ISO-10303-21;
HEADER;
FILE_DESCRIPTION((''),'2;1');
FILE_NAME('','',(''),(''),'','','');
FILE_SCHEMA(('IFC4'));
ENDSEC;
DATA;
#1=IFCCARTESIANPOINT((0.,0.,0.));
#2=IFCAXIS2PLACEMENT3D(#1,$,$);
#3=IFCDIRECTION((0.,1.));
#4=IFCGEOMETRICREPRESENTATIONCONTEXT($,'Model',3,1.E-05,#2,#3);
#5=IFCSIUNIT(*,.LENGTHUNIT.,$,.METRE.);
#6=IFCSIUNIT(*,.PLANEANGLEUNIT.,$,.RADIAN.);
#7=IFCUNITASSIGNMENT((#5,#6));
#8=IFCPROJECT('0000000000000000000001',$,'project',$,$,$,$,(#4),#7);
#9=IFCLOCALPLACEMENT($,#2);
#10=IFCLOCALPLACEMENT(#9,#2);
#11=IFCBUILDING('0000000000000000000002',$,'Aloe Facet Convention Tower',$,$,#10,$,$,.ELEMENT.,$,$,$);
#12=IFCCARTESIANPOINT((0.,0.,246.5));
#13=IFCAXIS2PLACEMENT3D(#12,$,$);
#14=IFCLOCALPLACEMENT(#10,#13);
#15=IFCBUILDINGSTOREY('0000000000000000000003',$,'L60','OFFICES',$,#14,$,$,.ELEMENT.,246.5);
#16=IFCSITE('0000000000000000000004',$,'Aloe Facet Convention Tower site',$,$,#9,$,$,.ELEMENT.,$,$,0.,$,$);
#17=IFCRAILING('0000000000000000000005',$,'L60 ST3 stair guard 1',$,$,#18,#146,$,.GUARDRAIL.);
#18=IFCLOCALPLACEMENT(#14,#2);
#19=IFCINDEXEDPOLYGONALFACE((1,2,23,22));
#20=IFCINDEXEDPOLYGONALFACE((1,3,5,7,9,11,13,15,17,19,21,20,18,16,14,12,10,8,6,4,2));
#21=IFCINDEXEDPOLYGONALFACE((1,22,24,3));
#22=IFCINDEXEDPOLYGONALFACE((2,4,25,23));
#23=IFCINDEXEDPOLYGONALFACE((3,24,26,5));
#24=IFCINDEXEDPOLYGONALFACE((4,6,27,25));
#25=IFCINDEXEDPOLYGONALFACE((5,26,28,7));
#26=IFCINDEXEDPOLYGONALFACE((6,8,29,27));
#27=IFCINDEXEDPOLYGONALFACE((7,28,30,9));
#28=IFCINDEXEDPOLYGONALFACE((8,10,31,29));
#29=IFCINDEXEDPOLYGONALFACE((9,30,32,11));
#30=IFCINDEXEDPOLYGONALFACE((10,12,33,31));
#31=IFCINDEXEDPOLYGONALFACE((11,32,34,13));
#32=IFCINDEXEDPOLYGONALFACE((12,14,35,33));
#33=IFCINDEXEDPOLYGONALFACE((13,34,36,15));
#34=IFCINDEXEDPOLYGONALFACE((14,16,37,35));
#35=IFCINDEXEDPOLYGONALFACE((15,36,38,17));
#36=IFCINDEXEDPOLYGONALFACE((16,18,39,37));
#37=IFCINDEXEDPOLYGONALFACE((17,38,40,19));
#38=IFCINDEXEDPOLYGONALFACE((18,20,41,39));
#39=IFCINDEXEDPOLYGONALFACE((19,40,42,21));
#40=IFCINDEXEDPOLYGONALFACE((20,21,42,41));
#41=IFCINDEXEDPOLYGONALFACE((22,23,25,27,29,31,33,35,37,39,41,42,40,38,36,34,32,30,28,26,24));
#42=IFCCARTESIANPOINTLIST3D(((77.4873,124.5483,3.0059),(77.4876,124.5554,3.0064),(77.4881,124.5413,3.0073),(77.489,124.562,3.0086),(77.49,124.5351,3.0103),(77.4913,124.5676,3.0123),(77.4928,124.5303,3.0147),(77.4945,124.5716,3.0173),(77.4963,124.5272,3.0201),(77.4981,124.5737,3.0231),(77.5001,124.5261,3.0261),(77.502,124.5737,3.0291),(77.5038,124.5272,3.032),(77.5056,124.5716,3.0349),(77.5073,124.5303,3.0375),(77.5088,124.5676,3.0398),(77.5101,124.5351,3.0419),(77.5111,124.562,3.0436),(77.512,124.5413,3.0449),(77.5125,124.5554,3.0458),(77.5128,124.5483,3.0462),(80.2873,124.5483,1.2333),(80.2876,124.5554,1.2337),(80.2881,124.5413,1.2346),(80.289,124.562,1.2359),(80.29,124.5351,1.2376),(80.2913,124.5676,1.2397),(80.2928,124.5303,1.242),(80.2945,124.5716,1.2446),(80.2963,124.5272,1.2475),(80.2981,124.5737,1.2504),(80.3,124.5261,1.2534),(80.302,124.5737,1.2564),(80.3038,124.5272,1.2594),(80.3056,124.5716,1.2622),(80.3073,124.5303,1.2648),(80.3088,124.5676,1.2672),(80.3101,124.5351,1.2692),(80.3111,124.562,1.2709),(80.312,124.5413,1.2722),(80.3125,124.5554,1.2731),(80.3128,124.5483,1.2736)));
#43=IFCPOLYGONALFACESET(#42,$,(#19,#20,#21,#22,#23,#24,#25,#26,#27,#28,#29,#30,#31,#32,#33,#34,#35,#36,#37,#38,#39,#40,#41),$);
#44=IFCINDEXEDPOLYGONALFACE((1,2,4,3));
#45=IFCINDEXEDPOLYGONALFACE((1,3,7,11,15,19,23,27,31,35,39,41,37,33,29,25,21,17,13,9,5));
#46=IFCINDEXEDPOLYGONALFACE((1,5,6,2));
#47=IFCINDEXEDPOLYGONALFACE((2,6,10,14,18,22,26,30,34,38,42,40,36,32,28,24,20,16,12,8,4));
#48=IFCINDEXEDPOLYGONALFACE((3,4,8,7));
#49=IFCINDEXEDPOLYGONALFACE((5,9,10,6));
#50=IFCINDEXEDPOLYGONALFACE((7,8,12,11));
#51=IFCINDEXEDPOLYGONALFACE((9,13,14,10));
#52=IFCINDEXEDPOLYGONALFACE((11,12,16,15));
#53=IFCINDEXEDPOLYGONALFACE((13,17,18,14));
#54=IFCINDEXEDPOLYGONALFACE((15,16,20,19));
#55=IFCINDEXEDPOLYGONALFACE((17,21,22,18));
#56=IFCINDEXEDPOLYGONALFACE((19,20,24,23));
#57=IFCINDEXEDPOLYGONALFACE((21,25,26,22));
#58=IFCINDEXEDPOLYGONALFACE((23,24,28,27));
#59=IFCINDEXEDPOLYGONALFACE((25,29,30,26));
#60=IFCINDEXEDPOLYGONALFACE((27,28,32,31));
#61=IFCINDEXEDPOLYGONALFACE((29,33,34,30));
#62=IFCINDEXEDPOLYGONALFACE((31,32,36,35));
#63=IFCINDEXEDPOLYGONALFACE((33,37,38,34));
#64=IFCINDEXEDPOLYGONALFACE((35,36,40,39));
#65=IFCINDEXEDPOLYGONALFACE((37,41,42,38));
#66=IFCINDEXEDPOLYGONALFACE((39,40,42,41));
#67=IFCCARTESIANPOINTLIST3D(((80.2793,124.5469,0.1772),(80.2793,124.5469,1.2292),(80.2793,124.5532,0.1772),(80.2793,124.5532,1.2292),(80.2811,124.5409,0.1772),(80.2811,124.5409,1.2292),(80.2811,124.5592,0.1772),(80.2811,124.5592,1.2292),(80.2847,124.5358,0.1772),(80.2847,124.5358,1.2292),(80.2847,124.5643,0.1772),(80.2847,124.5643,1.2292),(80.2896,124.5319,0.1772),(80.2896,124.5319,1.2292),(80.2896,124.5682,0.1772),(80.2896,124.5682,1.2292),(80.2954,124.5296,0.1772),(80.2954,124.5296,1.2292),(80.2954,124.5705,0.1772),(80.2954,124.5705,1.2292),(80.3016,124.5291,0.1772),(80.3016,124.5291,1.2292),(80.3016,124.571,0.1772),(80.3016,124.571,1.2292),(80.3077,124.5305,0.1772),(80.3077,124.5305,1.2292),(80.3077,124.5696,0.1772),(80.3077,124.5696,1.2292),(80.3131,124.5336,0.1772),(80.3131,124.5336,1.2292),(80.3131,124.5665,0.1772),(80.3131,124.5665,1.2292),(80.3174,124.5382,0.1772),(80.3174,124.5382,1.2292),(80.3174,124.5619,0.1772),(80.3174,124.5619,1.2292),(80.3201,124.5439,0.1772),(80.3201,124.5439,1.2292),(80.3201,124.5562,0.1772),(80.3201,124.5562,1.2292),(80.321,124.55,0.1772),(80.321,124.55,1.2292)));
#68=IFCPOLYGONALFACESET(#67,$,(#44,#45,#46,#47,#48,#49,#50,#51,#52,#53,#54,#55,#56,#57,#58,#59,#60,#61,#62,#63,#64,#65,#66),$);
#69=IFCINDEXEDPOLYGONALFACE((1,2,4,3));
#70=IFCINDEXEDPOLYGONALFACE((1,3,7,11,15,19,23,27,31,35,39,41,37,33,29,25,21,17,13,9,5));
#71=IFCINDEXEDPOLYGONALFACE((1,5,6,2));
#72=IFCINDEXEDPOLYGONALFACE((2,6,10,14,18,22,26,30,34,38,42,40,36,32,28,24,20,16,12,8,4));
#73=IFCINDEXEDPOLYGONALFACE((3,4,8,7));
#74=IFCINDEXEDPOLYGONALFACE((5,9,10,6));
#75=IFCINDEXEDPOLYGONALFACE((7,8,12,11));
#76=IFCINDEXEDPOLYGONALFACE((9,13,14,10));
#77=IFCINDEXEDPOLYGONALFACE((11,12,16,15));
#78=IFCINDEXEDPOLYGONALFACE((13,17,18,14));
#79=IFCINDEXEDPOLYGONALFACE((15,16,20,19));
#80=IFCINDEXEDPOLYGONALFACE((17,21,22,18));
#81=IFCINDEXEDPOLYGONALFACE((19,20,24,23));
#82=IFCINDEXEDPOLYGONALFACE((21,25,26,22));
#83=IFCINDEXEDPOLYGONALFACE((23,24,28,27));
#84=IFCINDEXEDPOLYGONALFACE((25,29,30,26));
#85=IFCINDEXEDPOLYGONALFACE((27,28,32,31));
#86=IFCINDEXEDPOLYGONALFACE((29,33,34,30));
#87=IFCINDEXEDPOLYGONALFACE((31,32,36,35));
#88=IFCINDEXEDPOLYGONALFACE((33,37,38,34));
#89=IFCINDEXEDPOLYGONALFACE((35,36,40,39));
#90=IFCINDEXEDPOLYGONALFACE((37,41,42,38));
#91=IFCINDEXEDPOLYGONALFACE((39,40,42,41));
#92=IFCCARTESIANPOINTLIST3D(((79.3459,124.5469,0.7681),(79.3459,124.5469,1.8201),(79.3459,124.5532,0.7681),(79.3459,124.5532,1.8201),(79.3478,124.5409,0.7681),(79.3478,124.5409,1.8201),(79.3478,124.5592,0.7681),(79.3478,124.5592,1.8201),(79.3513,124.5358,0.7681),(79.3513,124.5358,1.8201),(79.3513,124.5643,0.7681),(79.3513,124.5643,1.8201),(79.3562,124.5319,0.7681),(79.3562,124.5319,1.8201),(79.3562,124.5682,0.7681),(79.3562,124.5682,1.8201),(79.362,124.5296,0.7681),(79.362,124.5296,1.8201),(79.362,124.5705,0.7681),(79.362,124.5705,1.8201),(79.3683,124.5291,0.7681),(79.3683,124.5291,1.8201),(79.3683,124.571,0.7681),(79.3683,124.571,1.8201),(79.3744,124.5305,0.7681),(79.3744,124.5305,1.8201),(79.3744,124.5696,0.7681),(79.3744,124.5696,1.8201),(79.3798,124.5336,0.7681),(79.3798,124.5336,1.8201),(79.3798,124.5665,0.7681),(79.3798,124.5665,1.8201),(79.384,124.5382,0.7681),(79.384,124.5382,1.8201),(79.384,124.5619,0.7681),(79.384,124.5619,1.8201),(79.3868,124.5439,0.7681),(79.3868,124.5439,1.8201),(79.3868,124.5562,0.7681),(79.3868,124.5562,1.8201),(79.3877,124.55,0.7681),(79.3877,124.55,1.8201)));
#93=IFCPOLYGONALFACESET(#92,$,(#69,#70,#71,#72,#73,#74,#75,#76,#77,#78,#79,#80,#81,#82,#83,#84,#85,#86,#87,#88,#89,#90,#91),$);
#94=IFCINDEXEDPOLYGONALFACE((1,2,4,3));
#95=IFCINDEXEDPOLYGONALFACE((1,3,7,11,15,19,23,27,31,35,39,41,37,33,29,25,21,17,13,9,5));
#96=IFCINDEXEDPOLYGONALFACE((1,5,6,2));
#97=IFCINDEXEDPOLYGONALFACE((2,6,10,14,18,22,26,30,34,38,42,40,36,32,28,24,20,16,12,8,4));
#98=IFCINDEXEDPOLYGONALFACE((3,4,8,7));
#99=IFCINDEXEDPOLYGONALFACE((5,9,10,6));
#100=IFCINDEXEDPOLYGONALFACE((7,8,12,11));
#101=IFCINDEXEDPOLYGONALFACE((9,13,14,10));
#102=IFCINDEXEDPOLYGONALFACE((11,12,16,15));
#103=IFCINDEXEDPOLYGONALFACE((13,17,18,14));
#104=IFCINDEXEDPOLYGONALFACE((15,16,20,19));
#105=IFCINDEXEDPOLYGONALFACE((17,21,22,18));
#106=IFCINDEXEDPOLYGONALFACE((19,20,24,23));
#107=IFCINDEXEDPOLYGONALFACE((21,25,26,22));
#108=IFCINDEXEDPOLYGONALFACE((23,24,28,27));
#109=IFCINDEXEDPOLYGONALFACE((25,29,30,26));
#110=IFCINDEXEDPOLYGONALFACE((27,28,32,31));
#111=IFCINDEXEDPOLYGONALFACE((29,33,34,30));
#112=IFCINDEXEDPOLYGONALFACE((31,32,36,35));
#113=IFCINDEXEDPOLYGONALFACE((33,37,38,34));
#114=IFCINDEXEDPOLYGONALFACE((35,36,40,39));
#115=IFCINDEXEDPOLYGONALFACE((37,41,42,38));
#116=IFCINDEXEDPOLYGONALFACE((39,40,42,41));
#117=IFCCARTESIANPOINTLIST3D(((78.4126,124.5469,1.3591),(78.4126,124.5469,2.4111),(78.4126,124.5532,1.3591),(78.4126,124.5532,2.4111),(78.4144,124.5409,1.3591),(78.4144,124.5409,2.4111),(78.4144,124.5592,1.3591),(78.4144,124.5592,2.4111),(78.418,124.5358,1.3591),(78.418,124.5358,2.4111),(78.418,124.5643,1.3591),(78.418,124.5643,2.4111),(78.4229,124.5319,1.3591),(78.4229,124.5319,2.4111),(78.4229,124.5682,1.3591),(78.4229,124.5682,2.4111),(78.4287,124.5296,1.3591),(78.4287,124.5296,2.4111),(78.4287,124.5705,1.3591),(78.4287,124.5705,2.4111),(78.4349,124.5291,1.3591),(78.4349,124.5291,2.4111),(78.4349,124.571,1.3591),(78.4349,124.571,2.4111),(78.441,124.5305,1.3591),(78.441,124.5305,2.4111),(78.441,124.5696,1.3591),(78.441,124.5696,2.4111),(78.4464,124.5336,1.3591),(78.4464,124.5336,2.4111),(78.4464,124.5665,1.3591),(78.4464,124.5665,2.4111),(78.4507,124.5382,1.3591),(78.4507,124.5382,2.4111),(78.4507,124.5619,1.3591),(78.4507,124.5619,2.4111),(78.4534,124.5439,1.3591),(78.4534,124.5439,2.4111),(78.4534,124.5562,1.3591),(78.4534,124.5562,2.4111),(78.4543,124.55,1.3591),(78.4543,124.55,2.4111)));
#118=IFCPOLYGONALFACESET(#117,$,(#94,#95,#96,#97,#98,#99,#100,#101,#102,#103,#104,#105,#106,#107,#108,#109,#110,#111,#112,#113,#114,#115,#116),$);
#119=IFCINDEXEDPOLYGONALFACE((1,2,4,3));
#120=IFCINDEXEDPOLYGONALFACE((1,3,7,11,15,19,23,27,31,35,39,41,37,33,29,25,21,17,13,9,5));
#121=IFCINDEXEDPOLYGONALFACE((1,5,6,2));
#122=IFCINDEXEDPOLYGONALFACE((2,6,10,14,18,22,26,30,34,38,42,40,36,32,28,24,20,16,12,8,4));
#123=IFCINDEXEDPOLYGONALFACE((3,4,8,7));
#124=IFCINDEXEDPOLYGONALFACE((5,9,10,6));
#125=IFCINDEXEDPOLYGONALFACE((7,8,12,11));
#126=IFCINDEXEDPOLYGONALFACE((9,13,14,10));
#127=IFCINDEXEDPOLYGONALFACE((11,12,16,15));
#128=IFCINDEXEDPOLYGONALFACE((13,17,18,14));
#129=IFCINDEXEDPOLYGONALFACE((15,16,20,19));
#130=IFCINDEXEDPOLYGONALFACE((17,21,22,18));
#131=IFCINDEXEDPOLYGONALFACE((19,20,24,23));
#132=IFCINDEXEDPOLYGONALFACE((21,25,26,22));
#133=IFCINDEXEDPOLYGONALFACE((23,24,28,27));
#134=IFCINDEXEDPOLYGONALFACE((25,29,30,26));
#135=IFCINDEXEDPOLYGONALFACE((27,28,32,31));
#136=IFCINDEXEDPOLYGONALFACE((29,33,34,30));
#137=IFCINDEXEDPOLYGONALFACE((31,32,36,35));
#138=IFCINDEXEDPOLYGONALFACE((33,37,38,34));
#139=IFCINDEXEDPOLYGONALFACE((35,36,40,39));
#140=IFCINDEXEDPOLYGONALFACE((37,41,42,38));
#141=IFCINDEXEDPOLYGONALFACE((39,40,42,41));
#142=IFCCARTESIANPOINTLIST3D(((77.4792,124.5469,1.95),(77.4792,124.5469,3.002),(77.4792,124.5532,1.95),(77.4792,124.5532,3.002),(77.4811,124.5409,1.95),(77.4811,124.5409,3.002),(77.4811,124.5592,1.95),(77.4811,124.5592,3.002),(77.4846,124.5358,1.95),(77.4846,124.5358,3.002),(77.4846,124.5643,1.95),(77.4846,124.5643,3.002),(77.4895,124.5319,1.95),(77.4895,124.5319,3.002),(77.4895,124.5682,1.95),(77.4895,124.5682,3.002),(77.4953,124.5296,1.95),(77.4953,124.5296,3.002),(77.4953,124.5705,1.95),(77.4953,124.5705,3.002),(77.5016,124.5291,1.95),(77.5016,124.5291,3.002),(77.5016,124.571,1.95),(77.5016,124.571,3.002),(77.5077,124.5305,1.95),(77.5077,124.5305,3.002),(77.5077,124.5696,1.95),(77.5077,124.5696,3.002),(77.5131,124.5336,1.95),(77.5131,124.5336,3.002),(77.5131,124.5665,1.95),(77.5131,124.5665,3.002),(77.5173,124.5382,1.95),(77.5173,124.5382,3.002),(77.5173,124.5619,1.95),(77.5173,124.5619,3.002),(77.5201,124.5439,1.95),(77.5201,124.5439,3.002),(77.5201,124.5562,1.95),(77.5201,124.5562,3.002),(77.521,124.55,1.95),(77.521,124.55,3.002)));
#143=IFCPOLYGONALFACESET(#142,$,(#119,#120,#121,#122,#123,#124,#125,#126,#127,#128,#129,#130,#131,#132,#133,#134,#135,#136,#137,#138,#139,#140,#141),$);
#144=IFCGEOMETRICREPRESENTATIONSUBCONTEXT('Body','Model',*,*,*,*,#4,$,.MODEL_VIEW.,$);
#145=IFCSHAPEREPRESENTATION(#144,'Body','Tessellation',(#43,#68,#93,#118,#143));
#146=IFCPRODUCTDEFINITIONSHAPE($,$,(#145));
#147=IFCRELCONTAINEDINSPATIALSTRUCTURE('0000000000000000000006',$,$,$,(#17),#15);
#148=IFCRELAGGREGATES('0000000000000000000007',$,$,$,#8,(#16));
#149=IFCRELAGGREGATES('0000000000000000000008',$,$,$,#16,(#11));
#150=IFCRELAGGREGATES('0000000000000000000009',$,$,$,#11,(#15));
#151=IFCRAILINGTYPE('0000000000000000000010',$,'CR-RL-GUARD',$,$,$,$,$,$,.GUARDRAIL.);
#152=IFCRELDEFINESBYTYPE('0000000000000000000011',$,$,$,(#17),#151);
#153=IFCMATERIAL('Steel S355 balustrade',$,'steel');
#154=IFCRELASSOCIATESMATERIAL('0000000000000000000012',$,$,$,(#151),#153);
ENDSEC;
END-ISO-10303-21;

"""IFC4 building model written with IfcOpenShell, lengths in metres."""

from ifc_helpers import new_model, si_unit, direction, frame, origin, origin_2d, place, context, subcontext, project, spatial, circle, extrude, material, type_object, element, save


model = new_model("IFC4")

# Units and contexts
model_context = context("Model", 3, precision=1e-05, world=origin(), true_north=direction((0.0, 1.0)))
body_context = subcontext(model_context, "Body", "Model", "MODEL_VIEW")
ifc_project = project(units=[si_unit("LENGTHUNIT", "METRE"), si_unit("PLANEANGLEUNIT", "RADIAN")], contexts=[model_context])

# Site, building, storey
site_placement = place(None, origin())
site = spatial("IfcSite", under=ifc_project, at=site_placement, Name="Aloe Facet Convention Tower site", CompositionType="ELEMENT", RefElevation=0.0)
building_placement = place(site_placement, origin())
building = spatial("IfcBuilding", under=site, at=building_placement, Name="Aloe Facet Convention Tower", CompositionType="ELEMENT")
storey_placement = place(building_placement, frame((0.0, 0.0, 246.5)))
storey = spatial("IfcBuildingStorey", under=building, at=storey_placement, Name="L60", Description="OFFICES", CompositionType="ELEMENT", Elevation=246.5)

# Railing
ifc_material_1 = material(Name="Steel S355 balustrade", Category="steel")
railing_type_1 = type_object("IfcRailingType", Name="CR-RL-GUARD", PredefinedType="GUARDRAIL", material=ifc_material_1)
railing_1_placement = place(storey_placement, frame((80.3, 124.55, 0.1772)))
element("IfcRailing", 1, at=railing_1_placement, inside=storey, type_object=railing_type_1, Name="L60 ST3 stair guard 1", PredefinedType="GUARDRAIL", context=body_context, shape_type="SweptSolid", body=[
    extrude(circle(Radius=0.0239, at=origin_2d()), frame((0.0, 0.0, 1.0762), z_axis=(-0.844909, 0.0, 0.53491), x_axis=(0.0, -1.0, 0.0)), (0.0, 0.0, 1.0), 3.314),
    extrude(circle(Radius=0.021, at=origin_2d()), origin(), (0.0, 0.0, 1.0), 1.052),
    extrude(circle(Radius=0.021, at=origin_2d()), frame((-0.9333, 0.0, 0.5908)), (0.0, 0.0, 1.0), 1.052),
    extrude(circle(Radius=0.021, at=origin_2d()), frame((-1.8667, 0.0, 1.1819)), (0.0, 0.0, 1.0), 1.052),
    extrude(circle(Radius=0.021, at=origin_2d()), frame((-2.8, 0.0, 1.7727)), (0.0, 0.0, 1.0), 1.052),
])

save(model, "model.ifc")
